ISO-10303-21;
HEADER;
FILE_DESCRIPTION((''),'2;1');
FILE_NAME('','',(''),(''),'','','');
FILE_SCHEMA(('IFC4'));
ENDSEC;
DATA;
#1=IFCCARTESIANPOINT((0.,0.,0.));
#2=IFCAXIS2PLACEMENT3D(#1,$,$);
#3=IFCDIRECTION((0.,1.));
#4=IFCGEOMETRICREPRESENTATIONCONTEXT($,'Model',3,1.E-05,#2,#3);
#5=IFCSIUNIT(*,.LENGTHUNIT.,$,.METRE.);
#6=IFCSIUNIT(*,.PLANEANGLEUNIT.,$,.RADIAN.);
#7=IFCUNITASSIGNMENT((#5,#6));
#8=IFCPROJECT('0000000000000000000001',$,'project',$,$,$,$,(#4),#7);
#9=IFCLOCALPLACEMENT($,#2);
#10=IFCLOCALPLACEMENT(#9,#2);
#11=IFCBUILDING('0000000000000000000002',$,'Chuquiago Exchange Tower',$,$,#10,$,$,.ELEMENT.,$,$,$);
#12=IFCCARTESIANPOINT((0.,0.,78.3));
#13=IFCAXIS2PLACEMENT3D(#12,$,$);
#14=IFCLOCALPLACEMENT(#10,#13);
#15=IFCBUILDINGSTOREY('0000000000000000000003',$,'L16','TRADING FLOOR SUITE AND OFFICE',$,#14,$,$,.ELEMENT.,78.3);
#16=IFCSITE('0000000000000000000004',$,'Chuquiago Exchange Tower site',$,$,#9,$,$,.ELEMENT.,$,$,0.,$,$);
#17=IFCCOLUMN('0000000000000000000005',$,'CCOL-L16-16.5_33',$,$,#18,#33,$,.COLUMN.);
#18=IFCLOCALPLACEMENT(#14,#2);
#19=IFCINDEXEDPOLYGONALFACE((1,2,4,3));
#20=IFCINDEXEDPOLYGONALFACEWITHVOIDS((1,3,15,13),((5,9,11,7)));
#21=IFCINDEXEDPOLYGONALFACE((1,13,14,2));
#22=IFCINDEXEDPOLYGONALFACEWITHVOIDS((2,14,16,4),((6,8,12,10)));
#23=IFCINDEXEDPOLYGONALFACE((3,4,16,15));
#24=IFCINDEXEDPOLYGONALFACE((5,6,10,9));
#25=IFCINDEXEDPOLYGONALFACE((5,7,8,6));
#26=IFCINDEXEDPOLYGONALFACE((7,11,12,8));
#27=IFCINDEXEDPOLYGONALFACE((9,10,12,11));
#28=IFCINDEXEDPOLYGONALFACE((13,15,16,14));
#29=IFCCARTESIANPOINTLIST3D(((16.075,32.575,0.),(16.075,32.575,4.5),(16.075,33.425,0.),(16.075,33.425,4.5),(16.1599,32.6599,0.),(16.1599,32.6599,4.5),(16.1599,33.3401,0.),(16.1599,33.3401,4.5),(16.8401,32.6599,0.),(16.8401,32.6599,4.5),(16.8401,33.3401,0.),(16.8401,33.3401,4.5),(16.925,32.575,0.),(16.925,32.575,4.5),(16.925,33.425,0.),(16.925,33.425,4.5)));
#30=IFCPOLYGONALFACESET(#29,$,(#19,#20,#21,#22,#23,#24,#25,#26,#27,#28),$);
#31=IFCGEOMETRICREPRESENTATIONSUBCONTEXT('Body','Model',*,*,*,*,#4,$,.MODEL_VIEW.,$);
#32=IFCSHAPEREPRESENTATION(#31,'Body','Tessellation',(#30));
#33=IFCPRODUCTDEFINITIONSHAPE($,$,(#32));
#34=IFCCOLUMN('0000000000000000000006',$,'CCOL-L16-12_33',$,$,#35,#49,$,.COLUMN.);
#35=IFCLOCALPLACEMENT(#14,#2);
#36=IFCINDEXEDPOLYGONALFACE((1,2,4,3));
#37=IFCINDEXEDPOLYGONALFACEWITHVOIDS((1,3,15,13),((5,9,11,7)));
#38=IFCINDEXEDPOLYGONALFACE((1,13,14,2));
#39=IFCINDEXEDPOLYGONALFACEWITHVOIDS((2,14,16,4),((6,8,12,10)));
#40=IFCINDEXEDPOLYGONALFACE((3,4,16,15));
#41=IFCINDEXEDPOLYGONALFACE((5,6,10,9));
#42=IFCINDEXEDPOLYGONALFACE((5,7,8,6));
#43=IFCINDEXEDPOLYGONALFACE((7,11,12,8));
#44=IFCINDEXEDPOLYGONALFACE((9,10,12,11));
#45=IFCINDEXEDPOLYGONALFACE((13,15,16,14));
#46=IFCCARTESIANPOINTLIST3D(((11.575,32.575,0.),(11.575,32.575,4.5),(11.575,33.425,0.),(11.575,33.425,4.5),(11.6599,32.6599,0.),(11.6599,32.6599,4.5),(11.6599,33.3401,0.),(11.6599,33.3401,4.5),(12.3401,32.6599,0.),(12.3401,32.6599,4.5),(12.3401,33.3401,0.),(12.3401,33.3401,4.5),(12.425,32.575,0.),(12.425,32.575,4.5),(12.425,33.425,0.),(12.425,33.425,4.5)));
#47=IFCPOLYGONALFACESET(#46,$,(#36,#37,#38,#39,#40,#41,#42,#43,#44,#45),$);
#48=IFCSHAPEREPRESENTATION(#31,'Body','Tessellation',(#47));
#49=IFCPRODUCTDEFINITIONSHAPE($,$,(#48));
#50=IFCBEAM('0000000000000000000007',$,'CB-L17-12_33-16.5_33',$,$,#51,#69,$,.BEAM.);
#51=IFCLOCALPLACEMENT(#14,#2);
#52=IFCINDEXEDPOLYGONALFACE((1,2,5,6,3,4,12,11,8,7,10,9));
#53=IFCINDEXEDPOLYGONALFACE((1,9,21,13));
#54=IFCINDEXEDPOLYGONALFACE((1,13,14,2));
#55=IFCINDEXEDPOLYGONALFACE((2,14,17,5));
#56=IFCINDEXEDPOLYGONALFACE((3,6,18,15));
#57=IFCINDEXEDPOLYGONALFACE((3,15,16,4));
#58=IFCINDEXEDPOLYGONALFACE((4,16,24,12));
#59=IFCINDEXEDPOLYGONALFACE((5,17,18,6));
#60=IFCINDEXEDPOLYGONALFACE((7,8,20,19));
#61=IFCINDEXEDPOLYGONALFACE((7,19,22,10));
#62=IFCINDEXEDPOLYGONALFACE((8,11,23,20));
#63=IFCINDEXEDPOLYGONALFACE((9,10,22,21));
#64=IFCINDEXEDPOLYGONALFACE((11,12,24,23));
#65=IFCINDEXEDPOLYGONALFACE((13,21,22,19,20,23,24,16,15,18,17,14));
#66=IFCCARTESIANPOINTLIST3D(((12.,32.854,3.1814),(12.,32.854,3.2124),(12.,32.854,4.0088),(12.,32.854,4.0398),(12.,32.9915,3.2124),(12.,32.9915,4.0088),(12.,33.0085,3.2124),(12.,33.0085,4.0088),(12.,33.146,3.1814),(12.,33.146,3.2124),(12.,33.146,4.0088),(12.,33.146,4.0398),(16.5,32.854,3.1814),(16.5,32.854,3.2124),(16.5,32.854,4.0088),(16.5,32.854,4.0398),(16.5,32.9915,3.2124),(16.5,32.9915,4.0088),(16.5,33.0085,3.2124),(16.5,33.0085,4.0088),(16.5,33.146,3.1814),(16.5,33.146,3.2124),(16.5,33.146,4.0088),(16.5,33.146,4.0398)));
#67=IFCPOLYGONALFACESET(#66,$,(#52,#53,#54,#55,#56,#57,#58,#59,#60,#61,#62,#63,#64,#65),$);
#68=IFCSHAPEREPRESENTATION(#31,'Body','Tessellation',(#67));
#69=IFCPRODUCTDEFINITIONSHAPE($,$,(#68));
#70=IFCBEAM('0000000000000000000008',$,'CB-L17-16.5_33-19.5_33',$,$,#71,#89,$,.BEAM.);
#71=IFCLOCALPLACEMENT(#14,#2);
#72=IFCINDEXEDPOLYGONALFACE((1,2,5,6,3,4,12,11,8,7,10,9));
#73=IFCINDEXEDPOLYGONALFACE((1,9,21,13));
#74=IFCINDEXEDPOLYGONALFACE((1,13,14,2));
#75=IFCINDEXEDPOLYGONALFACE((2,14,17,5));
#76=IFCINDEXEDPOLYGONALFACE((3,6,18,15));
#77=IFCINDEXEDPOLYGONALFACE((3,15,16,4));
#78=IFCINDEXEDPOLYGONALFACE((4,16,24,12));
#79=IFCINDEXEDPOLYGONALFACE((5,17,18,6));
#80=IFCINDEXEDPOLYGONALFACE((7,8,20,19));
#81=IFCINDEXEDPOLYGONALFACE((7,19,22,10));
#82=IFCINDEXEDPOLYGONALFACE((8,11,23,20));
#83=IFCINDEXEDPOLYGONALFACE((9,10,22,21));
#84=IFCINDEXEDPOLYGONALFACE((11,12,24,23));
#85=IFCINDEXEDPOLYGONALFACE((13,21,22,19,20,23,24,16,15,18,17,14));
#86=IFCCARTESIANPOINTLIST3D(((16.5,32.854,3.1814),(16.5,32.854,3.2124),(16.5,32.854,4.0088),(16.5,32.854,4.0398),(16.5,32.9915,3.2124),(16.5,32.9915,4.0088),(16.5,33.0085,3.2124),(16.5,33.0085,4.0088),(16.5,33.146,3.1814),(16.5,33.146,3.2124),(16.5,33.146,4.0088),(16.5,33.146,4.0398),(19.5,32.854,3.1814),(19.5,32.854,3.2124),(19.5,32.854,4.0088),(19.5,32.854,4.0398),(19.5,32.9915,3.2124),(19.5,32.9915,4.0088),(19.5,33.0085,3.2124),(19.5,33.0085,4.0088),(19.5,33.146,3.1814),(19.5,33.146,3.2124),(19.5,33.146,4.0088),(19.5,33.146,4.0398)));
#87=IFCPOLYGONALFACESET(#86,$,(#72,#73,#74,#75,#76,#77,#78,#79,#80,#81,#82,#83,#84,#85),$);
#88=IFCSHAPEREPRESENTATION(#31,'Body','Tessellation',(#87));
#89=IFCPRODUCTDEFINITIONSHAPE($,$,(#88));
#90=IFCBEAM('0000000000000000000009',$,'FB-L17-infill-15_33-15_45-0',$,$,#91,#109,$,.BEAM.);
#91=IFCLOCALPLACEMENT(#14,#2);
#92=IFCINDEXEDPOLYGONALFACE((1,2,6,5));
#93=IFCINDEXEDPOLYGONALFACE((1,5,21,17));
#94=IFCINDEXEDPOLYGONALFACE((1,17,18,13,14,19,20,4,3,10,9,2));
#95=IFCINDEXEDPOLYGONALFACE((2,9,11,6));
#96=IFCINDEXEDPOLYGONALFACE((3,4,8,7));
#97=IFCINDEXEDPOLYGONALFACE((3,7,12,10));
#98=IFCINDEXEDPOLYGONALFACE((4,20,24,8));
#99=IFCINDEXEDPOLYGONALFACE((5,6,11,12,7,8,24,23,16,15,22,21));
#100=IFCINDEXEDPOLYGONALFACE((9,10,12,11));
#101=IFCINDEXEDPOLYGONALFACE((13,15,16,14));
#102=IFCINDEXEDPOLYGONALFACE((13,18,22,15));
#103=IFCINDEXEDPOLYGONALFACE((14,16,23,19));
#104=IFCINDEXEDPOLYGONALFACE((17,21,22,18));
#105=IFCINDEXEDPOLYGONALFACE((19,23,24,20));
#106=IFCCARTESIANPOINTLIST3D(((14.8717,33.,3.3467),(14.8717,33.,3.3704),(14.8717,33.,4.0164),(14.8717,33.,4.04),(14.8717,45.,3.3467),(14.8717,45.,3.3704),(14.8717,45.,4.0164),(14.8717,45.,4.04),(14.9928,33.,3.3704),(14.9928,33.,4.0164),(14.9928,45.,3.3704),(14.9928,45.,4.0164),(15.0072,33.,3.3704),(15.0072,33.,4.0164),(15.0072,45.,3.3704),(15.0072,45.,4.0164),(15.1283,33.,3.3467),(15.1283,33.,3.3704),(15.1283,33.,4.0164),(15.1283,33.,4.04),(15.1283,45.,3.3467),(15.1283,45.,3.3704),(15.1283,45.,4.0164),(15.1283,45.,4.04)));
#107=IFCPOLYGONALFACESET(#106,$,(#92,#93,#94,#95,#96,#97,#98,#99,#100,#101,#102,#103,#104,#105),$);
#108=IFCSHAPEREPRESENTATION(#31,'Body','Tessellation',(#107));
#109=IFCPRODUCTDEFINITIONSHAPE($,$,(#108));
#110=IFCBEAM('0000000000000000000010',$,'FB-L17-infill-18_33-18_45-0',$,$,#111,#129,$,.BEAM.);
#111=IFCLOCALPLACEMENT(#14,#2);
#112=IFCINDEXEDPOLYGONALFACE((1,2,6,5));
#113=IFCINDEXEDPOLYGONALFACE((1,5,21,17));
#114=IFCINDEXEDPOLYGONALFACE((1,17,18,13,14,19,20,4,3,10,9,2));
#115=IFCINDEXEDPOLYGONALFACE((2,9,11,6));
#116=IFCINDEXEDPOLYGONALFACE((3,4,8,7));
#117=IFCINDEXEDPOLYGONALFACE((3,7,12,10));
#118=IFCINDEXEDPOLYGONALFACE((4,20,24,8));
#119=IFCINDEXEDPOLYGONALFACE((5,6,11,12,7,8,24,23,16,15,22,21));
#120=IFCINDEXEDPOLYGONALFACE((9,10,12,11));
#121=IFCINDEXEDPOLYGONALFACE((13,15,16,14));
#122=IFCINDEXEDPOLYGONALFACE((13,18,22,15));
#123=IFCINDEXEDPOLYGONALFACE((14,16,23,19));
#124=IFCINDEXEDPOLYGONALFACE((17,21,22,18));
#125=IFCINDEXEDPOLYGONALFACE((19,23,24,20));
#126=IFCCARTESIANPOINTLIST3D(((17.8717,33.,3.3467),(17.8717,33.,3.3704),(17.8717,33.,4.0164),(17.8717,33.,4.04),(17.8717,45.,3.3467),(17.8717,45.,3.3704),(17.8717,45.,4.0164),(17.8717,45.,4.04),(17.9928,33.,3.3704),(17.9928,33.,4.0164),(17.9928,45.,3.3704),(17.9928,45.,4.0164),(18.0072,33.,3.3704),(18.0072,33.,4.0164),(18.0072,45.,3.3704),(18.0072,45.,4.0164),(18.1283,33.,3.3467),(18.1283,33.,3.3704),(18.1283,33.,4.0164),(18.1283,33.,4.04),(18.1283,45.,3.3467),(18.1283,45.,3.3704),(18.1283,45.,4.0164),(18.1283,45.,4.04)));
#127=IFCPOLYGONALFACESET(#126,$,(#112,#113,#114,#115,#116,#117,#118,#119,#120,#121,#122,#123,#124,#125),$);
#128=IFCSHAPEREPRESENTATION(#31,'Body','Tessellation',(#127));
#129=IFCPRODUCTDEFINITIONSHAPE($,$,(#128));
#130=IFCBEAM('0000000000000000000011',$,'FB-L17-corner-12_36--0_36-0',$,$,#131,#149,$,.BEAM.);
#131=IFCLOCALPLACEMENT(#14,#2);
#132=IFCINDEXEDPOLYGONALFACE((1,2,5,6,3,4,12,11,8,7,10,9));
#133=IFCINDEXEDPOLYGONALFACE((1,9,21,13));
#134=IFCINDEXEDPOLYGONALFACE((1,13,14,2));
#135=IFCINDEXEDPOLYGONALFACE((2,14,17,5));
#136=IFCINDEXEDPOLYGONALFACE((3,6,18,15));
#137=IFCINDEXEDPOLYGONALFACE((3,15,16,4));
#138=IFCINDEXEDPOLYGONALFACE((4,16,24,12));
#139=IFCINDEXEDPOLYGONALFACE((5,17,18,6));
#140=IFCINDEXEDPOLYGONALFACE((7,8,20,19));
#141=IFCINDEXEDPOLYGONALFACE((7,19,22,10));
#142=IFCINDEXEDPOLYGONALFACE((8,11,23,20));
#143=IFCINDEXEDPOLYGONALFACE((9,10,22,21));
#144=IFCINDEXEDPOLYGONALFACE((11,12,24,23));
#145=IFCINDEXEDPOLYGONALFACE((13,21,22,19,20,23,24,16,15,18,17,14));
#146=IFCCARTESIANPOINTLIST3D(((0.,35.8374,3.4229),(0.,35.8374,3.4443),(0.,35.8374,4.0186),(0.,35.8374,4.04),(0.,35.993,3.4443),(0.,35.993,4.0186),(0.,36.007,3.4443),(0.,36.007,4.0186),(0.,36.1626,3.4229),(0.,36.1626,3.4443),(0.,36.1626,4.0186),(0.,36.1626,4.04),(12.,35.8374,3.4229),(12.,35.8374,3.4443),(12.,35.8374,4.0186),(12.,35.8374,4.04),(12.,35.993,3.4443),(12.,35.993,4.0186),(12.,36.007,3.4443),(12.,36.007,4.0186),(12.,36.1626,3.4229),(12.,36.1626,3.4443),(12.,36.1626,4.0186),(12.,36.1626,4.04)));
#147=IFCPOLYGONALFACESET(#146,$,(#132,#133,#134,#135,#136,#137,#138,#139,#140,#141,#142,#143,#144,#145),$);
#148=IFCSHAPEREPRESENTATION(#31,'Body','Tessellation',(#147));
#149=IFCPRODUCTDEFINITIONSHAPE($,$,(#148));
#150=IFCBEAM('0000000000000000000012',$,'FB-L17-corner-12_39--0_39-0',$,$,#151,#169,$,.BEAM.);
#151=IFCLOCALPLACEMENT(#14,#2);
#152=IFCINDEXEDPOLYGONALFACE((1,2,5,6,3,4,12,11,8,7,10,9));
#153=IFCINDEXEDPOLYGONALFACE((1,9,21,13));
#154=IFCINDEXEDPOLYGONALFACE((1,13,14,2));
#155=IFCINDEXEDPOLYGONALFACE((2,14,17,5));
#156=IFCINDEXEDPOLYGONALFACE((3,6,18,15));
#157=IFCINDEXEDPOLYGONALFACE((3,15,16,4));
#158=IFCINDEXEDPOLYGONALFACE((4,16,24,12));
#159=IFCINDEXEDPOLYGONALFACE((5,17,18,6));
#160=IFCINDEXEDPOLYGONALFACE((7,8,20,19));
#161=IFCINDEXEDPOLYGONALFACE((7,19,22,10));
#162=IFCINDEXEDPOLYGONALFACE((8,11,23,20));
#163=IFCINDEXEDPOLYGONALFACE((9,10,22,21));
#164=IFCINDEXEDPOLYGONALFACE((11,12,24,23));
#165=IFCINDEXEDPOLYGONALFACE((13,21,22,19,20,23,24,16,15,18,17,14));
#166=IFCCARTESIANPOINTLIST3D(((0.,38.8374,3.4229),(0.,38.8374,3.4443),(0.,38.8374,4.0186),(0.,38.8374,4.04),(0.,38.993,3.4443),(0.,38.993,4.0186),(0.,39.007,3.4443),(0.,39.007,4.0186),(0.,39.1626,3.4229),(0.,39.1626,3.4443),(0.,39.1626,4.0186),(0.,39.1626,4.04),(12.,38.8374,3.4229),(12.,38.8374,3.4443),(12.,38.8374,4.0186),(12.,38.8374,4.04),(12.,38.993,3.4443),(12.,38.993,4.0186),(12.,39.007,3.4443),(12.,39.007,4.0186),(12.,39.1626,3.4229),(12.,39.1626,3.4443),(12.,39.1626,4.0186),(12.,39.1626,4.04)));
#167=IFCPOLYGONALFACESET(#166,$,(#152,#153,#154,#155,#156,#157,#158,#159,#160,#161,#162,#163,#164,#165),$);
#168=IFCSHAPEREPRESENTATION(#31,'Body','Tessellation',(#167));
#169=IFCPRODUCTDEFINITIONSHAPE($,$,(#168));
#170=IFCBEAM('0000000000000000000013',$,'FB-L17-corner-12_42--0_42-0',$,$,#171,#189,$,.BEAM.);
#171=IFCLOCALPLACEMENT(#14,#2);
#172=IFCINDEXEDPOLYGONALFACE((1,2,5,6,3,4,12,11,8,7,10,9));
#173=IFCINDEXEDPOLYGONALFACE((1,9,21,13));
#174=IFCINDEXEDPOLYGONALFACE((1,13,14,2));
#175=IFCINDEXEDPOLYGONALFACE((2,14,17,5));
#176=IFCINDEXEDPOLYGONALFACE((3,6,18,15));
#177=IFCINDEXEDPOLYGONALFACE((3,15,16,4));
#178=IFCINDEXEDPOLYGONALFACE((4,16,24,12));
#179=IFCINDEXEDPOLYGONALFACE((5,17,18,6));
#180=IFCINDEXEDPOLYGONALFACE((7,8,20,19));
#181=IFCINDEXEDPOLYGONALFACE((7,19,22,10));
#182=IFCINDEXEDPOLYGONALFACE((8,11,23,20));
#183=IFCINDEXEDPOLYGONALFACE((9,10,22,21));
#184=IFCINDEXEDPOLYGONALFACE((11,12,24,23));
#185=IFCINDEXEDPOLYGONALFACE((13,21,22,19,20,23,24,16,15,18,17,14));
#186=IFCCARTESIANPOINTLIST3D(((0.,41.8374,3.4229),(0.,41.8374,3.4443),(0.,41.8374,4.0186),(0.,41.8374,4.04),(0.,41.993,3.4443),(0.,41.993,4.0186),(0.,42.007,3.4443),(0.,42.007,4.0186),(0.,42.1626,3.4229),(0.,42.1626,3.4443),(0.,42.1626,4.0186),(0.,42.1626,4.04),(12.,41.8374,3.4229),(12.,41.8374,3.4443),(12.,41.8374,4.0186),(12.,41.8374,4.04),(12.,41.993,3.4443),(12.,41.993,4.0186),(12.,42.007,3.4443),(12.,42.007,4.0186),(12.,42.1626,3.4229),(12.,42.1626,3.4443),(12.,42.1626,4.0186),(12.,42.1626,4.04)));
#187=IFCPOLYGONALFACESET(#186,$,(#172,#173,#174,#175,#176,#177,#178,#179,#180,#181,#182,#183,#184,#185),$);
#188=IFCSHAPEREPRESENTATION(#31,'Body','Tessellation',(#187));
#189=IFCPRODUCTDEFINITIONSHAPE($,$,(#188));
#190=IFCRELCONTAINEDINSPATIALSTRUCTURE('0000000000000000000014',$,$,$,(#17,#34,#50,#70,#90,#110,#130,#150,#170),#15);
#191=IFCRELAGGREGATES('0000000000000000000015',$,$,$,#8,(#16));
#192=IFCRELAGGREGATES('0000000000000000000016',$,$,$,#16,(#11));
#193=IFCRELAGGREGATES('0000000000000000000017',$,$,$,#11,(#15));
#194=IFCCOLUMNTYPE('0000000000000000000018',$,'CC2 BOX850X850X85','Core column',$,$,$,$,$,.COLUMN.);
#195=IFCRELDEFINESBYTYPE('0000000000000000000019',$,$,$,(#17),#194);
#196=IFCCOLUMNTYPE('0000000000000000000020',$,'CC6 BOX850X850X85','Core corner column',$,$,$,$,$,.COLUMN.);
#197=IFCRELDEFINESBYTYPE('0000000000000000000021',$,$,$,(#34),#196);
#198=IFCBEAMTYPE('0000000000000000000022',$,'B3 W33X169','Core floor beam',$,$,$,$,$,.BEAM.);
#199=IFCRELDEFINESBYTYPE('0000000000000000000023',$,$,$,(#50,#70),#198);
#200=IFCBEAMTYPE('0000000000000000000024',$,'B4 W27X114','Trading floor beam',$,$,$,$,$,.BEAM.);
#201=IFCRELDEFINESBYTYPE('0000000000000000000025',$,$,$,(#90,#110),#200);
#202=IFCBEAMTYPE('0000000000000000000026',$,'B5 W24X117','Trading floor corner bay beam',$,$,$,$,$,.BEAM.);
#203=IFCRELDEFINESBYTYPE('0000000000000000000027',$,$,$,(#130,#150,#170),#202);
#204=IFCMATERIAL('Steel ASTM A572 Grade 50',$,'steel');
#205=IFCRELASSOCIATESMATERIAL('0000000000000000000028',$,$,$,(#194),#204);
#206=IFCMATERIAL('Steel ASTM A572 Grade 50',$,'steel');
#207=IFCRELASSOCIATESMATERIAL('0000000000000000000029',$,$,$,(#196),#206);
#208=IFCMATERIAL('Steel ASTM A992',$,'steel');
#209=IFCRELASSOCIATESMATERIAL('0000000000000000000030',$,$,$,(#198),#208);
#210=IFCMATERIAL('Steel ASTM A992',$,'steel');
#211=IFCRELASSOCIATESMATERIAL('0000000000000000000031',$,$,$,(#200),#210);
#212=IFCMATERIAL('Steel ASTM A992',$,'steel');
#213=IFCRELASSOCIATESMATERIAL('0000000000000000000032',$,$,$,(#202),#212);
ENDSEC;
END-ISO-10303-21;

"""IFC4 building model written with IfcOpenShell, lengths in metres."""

from ifc_helpers import new_model, si_unit, direction, frame, origin, origin_2d, place, context, subcontext, project, spatial, hollow_rectangle, i_section, extrude, material, material_profile, profile_set, type_object, element, save


model = new_model("IFC4")

# Units and contexts
model_context = context("Model", 3, precision=1e-05, world=origin(), true_north=direction((0.0, 1.0)))
body_context = subcontext(model_context, "Body", "Model", "MODEL_VIEW")
ifc_project = project(units=[si_unit("LENGTHUNIT", "METRE"), si_unit("PLANEANGLEUNIT", "RADIAN")], contexts=[model_context])

# Site, building, storey
site_placement = place(None, origin())
site = spatial("IfcSite", under=ifc_project, at=site_placement, Name="Chuquiago Exchange Tower site", CompositionType="ELEMENT", RefElevation=0.0)
building_placement = place(site_placement, origin())
building = spatial("IfcBuilding", under=site, at=building_placement, Name="Chuquiago Exchange Tower", CompositionType="ELEMENT")
storey_placement = place(building_placement, frame((0.0, 0.0, 78.3)))
storey = spatial("IfcBuildingStorey", under=building, at=storey_placement, Name="L16", Description="TRADING FLOOR SUITE AND OFFICE", CompositionType="ELEMENT", Elevation=78.3)

# Columns
ifc_material_1 = material(Name="Steel ASTM A572 Grade 50", Category="steel")
ifc_material_profile_1 = material_profile(ifc_material_1, hollow_rectangle(XDim=0.8501, YDim=0.8501, WallThickness=0.085, at=origin_2d()), Name="BOX850X850X85")
ifc_profile_set_1 = profile_set([ifc_material_profile_1], Name="Steel ASTM A572 Grade 50")
column_type_1 = type_object("IfcColumnType", Name="CC2 BOX850X850X85", Description="Core column", PredefinedType="COLUMN", material=ifc_profile_set_1)
column_1_placement = place(storey_placement, frame((16.5, 33.0, 0.0), z_axis=(0.0, 0.0, 1.0), x_axis=(1.0, 0.0, 0.0)))
element("IfcColumn", 1, at=column_1_placement, inside=storey, type_object=column_type_1, Name="CCOL-L16-16.5_33", PredefinedType="COLUMN", context=body_context, shape_type="SweptSolid", body=[
    extrude(hollow_rectangle(XDim=0.8501, YDim=0.8501, WallThickness=0.085, at=origin_2d()), origin(), (0.0, 0.0, 1.0), 4.5),
])
ifc_material_2 = material(Name="Steel ASTM A572 Grade 50", Category="steel")
ifc_material_profile_2 = material_profile(ifc_material_2, hollow_rectangle(XDim=0.8501, YDim=0.8501, WallThickness=0.085, at=origin_2d()), Name="BOX850X850X85")
ifc_profile_set_2 = profile_set([ifc_material_profile_2], Name="Steel ASTM A572 Grade 50")
column_type_2 = type_object("IfcColumnType", Name="CC6 BOX850X850X85", Description="Core corner column", PredefinedType="COLUMN", material=ifc_profile_set_2)
column_2_placement = place(storey_placement, frame((12.0, 33.0, 0.0), z_axis=(0.0, 0.0, 1.0), x_axis=(1.0, 0.0, 0.0)))
element("IfcColumn", 2, at=column_2_placement, inside=storey, type_object=column_type_2, Name="CCOL-L16-12_33", PredefinedType="COLUMN", context=body_context, shape_type="SweptSolid", body=[
    extrude(hollow_rectangle(XDim=0.8501, YDim=0.8501, WallThickness=0.085, at=origin_2d()), origin(), (0.0, 0.0, 1.0), 4.5),
])

# Beams
ifc_material_3 = material(Name="Steel ASTM A992", Category="steel")
ifc_material_profile_3 = material_profile(ifc_material_3, i_section(OverallWidth=0.292, OverallDepth=0.8584, WebThickness=0.0171, FlangeThickness=0.031, at=origin_2d()), Name="W33X169")
ifc_profile_set_3 = profile_set([ifc_material_profile_3], Name="Steel ASTM A992")
beam_type_1 = type_object("IfcBeamType", Name="B3 W33X169", Description="Core floor beam", PredefinedType="BEAM", material=ifc_profile_set_3)
beam_1_placement = place(storey_placement, frame((12.0, 33.0, 3.6106), z_axis=(1.0, 0.0, 0.0), x_axis=(0.0, 1.0, 0.0)))
element("IfcBeam", 3, at=beam_1_placement, inside=storey, type_object=beam_type_1, Name="CB-L17-12_33-16.5_33", PredefinedType="BEAM", context=body_context, shape_type="SweptSolid", body=[
    extrude(i_section(OverallWidth=0.292, OverallDepth=0.8584, WebThickness=0.0171, FlangeThickness=0.031, at=origin_2d()), origin(), (0.0, 0.0, 1.0), 4.5),
])
beam_2_placement = place(storey_placement, frame((16.5, 33.0, 3.6106), z_axis=(1.0, 0.0, 0.0), x_axis=(0.0, 1.0, 0.0)))
element("IfcBeam", 4, at=beam_2_placement, inside=storey, type_object=beam_type_1, Name="CB-L17-16.5_33-19.5_33", PredefinedType="BEAM", context=body_context, shape_type="SweptSolid", body=[
    extrude(i_section(OverallWidth=0.292, OverallDepth=0.8584, WebThickness=0.0171, FlangeThickness=0.031, at=origin_2d()), origin(), (0.0, 0.0, 1.0), 3.0),
])
ifc_material_4 = material(Name="Steel ASTM A992", Category="steel")
ifc_material_profile_4 = material_profile(ifc_material_4, i_section(OverallWidth=0.2566, OverallDepth=0.6934, WebThickness=0.0144, FlangeThickness=0.0237, at=origin_2d()), Name="W27X114")
ifc_profile_set_4 = profile_set([ifc_material_profile_4], Name="Steel ASTM A992")
beam_type_2 = type_object("IfcBeamType", Name="B4 W27X114", Description="Trading floor beam", PredefinedType="BEAM", material=ifc_profile_set_4)
for number, where, z_axis, x_axis, name in (
    (5, (15.0, 33.0, 3.6934), (0.0, 1.0, 0.0), (-1.0, 0.0, 0.0), "FB-L17-infill-15_33-15_45-0"),
    (6, (18.0, 33.0, 3.6934), (0.0, 1.0, 0.0), (-1.0, 0.0, 0.0), "FB-L17-infill-18_33-18_45-0"),
):
    element("IfcBeam", number, at=place(storey_placement, frame(where, z_axis=z_axis, x_axis=x_axis)), inside=storey, type_object=beam_type_2, Name=name, PredefinedType="BEAM", context=body_context, shape_type="SweptSolid", body=[
        extrude(i_section(OverallWidth=0.2566, OverallDepth=0.6934, WebThickness=0.0144, FlangeThickness=0.0237, at=origin_2d()), origin(), (0.0, 0.0, 1.0), 12.0),
    ])
ifc_material_5 = material(Name="Steel ASTM A992", Category="steel")
ifc_material_profile_5 = material_profile(ifc_material_5, i_section(OverallWidth=0.3252, OverallDepth=0.6172, WebThickness=0.0139, FlangeThickness=0.0215, at=origin_2d()), Name="W24X117")
ifc_profile_set_5 = profile_set([ifc_material_profile_5], Name="Steel ASTM A992")
beam_type_3 = type_object("IfcBeamType", Name="B5 W24X117", Description="Trading floor corner bay beam", PredefinedType="BEAM", material=ifc_profile_set_5)
for number, where, z_axis, x_axis, name in (
    (7, (12.0, 36.0, 3.7314), (-1.0, 0.0, 0.0), (0.0, -1.0, 0.0), "FB-L17-corner-12_36--0_36-0"),
    (8, (12.0, 39.0, 3.7314), (-1.0, 0.0, 0.0), (0.0, -1.0, 0.0), "FB-L17-corner-12_39--0_39-0"),
    (9, (12.0, 42.0, 3.7314), (-1.0, 0.0, 0.0), (0.0, -1.0, 0.0), "FB-L17-corner-12_42--0_42-0"),
):
    element("IfcBeam", number, at=place(storey_placement, frame(where, z_axis=z_axis, x_axis=x_axis)), inside=storey, type_object=beam_type_3, Name=name, PredefinedType="BEAM", context=body_context, shape_type="SweptSolid", body=[
        extrude(i_section(OverallWidth=0.3252, OverallDepth=0.6172, WebThickness=0.0139, FlangeThickness=0.0215, at=origin_2d()), origin(), (0.0, 0.0, 1.0), 12.0),
    ])

save(model, "model.ifc")
